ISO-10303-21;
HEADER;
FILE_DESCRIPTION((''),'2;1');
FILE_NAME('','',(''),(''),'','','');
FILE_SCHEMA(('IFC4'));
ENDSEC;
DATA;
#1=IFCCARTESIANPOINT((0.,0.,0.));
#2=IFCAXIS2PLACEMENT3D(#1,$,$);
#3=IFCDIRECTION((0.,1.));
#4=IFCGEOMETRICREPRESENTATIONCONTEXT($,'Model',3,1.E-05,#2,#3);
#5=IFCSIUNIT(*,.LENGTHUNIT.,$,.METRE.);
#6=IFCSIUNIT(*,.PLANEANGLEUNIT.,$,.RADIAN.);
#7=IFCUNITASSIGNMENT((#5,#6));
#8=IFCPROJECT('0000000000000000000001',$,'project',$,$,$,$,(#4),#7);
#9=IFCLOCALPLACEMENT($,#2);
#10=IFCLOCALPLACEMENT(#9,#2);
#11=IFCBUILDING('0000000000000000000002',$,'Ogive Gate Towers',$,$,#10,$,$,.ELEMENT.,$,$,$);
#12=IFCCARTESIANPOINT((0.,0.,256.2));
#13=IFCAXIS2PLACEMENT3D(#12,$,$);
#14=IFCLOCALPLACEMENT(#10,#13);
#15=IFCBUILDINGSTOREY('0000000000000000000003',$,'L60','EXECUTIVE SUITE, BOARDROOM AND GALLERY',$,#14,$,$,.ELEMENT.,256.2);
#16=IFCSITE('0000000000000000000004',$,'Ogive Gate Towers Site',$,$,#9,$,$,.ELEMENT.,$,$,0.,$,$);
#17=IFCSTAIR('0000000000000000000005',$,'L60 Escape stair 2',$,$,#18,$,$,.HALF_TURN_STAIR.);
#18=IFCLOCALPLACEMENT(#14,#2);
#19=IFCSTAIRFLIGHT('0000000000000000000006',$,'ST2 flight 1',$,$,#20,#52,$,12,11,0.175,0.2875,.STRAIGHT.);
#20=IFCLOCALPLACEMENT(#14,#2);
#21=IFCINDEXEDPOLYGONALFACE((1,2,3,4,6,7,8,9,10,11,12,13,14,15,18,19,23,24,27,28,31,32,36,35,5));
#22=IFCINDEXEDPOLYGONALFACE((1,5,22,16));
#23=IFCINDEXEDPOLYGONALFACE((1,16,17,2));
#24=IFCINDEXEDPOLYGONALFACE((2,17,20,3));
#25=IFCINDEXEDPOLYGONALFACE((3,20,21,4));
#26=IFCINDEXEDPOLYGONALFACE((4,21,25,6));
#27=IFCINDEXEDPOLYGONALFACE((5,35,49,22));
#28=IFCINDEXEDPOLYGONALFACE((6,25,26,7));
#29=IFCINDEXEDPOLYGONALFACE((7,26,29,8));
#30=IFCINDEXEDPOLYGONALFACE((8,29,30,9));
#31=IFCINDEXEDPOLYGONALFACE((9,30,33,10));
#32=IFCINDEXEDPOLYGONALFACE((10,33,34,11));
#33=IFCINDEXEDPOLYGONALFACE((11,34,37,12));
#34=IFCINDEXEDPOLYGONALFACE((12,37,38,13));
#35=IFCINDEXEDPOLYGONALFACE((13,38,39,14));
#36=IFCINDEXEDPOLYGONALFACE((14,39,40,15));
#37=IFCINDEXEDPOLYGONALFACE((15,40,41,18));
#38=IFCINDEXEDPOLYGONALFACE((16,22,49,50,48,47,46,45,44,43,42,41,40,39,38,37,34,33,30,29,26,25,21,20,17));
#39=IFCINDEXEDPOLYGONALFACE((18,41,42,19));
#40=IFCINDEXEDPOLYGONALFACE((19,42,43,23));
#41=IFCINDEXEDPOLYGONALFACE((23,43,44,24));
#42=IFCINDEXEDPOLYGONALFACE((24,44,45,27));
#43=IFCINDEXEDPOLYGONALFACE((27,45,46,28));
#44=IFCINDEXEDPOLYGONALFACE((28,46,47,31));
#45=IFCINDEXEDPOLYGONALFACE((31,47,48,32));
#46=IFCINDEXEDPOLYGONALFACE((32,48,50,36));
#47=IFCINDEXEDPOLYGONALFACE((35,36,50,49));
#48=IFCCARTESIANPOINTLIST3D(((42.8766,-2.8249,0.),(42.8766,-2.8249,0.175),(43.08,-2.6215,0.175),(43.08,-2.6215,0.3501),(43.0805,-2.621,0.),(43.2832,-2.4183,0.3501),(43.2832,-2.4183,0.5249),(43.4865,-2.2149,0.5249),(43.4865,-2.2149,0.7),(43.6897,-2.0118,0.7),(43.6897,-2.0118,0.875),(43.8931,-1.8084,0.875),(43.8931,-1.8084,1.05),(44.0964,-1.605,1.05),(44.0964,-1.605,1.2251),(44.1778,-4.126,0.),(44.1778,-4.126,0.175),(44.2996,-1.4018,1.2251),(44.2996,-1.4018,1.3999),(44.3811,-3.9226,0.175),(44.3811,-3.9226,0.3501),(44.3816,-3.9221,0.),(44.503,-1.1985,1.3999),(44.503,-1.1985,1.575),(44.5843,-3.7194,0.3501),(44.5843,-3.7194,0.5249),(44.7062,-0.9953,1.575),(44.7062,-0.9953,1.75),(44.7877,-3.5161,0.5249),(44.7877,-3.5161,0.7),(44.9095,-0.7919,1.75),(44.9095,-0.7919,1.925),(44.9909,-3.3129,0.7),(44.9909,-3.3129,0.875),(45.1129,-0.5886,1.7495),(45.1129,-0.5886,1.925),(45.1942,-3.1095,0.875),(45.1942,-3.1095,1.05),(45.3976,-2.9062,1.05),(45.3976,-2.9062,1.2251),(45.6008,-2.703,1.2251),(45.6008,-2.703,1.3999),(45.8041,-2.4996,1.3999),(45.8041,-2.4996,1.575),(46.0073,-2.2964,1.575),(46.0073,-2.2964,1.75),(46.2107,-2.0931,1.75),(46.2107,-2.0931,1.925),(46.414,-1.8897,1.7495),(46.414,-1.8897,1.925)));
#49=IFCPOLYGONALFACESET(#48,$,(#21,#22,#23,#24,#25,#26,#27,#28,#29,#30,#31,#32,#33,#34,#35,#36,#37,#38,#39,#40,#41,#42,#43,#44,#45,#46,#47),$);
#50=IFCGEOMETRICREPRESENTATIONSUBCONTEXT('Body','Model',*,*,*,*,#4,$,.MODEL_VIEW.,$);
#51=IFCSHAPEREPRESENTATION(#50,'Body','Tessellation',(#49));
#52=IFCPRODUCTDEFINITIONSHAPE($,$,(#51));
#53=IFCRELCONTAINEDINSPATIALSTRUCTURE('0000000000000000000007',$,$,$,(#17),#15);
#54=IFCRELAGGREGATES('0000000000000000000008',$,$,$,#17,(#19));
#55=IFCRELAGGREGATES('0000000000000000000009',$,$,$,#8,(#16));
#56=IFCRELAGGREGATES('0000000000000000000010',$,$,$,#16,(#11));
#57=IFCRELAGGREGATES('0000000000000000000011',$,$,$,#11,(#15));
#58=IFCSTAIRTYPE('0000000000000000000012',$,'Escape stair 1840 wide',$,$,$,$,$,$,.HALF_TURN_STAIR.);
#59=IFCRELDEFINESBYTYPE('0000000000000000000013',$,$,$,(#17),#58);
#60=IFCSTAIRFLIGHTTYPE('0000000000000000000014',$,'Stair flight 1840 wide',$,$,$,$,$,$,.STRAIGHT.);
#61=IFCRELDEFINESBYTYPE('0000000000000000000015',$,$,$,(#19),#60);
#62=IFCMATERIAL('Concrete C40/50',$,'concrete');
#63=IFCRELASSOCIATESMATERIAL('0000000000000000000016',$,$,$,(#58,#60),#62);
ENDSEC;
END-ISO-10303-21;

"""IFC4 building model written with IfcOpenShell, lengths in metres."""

from ifc_helpers import new_model, si_unit, direction, frame, origin, place, context, subcontext, project, spatial, polyline, outline, extrude, material, type_object, element, aggregate, save


model = new_model("IFC4")

# Units and contexts
model_context = context("Model", 3, precision=1e-05, world=origin(), true_north=direction((0.0, 1.0)))
body_context = subcontext(model_context, "Body", "Model", "MODEL_VIEW")
ifc_project = project(units=[si_unit("LENGTHUNIT", "METRE"), si_unit("PLANEANGLEUNIT", "RADIAN")], contexts=[model_context])

# Site, building, storey
site_placement = place(None, origin())
site = spatial("IfcSite", under=ifc_project, at=site_placement, Name="Ogive Gate Towers Site", CompositionType="ELEMENT", RefElevation=0.0)
building_placement = place(site_placement, origin())
building = spatial("IfcBuilding", under=site, at=building_placement, Name="Ogive Gate Towers", CompositionType="ELEMENT")
storey_placement = place(building_placement, frame((0.0, 0.0, 256.2)))
storey = spatial("IfcBuildingStorey", under=building, at=storey_placement, Name="L60", Description="EXECUTIVE SUITE, BOARDROOM AND GALLERY", CompositionType="ELEMENT", Elevation=256.2)

# Stair, stair flight
ifc_material_1 = material(Name="Concrete C40/50", Category="concrete")
stair_type = type_object("IfcStairType", Name="Escape stair 1840 wide", PredefinedType="HALF_TURN_STAIR", material=ifc_material_1)
stair_placement = place(storey_placement, origin())
stair = element("IfcStair", 1, at=stair_placement, inside=storey, type_object=stair_type, Name="L60 Escape stair 2", PredefinedType="HALF_TURN_STAIR")
stair_flight_type = type_object("IfcStairFlightType", Name="Stair flight 1840 wide", PredefinedType="STRAIGHT", material=ifc_material_1)
stair_flight_placement = place(storey_placement, frame((43.5271, -3.4753, 0.0), z_axis=(0.0, 0.0, 1.0), x_axis=(0.707107, 0.707107, 0.0)))
stair_flight = element("IfcStairFlight", 2, at=stair_flight_placement, type_object=stair_flight_type, Name="ST2 flight 1", NumberOfRisers=12, NumberOfTreads=11, PredefinedType="STRAIGHT", RiserHeight=0.175, TreadLength=0.2875, context=body_context, shape_type="SweptSolid", body=[
    extrude(outline(polyline([(0.0, 0.0), (0.0, 0.175), (0.2876, 0.175), (0.2876, 0.3501), (0.575, 0.3501), (0.575, 0.5249), (0.8625, 0.5249), (0.8625, 0.7), (1.1499, 0.7), (1.1499, 0.875), (1.4375, 0.875), (1.4375, 1.05), (1.7251, 1.05), (1.7251, 1.2251), (2.0125, 1.2251), (2.0125, 1.3999), (2.3, 1.3999), (2.3, 1.575), (2.5874, 1.575), (2.5874, 1.75), (2.875, 1.75), (2.875, 1.925), (3.1626, 1.925), (3.1626, 2.1001), (3.1626, 1.7495), (0.2883, 0.0), (0.0, 0.0)])), frame((0.0, 0.9199, 0.0), z_axis=(0.0, -1.0, 0.0), x_axis=(1.0, 0.0, 0.0)), (0.0, 0.0, 1.0), 1.8401),
])
aggregate(stair, [stair_flight])

save(model, "model.ifc")
